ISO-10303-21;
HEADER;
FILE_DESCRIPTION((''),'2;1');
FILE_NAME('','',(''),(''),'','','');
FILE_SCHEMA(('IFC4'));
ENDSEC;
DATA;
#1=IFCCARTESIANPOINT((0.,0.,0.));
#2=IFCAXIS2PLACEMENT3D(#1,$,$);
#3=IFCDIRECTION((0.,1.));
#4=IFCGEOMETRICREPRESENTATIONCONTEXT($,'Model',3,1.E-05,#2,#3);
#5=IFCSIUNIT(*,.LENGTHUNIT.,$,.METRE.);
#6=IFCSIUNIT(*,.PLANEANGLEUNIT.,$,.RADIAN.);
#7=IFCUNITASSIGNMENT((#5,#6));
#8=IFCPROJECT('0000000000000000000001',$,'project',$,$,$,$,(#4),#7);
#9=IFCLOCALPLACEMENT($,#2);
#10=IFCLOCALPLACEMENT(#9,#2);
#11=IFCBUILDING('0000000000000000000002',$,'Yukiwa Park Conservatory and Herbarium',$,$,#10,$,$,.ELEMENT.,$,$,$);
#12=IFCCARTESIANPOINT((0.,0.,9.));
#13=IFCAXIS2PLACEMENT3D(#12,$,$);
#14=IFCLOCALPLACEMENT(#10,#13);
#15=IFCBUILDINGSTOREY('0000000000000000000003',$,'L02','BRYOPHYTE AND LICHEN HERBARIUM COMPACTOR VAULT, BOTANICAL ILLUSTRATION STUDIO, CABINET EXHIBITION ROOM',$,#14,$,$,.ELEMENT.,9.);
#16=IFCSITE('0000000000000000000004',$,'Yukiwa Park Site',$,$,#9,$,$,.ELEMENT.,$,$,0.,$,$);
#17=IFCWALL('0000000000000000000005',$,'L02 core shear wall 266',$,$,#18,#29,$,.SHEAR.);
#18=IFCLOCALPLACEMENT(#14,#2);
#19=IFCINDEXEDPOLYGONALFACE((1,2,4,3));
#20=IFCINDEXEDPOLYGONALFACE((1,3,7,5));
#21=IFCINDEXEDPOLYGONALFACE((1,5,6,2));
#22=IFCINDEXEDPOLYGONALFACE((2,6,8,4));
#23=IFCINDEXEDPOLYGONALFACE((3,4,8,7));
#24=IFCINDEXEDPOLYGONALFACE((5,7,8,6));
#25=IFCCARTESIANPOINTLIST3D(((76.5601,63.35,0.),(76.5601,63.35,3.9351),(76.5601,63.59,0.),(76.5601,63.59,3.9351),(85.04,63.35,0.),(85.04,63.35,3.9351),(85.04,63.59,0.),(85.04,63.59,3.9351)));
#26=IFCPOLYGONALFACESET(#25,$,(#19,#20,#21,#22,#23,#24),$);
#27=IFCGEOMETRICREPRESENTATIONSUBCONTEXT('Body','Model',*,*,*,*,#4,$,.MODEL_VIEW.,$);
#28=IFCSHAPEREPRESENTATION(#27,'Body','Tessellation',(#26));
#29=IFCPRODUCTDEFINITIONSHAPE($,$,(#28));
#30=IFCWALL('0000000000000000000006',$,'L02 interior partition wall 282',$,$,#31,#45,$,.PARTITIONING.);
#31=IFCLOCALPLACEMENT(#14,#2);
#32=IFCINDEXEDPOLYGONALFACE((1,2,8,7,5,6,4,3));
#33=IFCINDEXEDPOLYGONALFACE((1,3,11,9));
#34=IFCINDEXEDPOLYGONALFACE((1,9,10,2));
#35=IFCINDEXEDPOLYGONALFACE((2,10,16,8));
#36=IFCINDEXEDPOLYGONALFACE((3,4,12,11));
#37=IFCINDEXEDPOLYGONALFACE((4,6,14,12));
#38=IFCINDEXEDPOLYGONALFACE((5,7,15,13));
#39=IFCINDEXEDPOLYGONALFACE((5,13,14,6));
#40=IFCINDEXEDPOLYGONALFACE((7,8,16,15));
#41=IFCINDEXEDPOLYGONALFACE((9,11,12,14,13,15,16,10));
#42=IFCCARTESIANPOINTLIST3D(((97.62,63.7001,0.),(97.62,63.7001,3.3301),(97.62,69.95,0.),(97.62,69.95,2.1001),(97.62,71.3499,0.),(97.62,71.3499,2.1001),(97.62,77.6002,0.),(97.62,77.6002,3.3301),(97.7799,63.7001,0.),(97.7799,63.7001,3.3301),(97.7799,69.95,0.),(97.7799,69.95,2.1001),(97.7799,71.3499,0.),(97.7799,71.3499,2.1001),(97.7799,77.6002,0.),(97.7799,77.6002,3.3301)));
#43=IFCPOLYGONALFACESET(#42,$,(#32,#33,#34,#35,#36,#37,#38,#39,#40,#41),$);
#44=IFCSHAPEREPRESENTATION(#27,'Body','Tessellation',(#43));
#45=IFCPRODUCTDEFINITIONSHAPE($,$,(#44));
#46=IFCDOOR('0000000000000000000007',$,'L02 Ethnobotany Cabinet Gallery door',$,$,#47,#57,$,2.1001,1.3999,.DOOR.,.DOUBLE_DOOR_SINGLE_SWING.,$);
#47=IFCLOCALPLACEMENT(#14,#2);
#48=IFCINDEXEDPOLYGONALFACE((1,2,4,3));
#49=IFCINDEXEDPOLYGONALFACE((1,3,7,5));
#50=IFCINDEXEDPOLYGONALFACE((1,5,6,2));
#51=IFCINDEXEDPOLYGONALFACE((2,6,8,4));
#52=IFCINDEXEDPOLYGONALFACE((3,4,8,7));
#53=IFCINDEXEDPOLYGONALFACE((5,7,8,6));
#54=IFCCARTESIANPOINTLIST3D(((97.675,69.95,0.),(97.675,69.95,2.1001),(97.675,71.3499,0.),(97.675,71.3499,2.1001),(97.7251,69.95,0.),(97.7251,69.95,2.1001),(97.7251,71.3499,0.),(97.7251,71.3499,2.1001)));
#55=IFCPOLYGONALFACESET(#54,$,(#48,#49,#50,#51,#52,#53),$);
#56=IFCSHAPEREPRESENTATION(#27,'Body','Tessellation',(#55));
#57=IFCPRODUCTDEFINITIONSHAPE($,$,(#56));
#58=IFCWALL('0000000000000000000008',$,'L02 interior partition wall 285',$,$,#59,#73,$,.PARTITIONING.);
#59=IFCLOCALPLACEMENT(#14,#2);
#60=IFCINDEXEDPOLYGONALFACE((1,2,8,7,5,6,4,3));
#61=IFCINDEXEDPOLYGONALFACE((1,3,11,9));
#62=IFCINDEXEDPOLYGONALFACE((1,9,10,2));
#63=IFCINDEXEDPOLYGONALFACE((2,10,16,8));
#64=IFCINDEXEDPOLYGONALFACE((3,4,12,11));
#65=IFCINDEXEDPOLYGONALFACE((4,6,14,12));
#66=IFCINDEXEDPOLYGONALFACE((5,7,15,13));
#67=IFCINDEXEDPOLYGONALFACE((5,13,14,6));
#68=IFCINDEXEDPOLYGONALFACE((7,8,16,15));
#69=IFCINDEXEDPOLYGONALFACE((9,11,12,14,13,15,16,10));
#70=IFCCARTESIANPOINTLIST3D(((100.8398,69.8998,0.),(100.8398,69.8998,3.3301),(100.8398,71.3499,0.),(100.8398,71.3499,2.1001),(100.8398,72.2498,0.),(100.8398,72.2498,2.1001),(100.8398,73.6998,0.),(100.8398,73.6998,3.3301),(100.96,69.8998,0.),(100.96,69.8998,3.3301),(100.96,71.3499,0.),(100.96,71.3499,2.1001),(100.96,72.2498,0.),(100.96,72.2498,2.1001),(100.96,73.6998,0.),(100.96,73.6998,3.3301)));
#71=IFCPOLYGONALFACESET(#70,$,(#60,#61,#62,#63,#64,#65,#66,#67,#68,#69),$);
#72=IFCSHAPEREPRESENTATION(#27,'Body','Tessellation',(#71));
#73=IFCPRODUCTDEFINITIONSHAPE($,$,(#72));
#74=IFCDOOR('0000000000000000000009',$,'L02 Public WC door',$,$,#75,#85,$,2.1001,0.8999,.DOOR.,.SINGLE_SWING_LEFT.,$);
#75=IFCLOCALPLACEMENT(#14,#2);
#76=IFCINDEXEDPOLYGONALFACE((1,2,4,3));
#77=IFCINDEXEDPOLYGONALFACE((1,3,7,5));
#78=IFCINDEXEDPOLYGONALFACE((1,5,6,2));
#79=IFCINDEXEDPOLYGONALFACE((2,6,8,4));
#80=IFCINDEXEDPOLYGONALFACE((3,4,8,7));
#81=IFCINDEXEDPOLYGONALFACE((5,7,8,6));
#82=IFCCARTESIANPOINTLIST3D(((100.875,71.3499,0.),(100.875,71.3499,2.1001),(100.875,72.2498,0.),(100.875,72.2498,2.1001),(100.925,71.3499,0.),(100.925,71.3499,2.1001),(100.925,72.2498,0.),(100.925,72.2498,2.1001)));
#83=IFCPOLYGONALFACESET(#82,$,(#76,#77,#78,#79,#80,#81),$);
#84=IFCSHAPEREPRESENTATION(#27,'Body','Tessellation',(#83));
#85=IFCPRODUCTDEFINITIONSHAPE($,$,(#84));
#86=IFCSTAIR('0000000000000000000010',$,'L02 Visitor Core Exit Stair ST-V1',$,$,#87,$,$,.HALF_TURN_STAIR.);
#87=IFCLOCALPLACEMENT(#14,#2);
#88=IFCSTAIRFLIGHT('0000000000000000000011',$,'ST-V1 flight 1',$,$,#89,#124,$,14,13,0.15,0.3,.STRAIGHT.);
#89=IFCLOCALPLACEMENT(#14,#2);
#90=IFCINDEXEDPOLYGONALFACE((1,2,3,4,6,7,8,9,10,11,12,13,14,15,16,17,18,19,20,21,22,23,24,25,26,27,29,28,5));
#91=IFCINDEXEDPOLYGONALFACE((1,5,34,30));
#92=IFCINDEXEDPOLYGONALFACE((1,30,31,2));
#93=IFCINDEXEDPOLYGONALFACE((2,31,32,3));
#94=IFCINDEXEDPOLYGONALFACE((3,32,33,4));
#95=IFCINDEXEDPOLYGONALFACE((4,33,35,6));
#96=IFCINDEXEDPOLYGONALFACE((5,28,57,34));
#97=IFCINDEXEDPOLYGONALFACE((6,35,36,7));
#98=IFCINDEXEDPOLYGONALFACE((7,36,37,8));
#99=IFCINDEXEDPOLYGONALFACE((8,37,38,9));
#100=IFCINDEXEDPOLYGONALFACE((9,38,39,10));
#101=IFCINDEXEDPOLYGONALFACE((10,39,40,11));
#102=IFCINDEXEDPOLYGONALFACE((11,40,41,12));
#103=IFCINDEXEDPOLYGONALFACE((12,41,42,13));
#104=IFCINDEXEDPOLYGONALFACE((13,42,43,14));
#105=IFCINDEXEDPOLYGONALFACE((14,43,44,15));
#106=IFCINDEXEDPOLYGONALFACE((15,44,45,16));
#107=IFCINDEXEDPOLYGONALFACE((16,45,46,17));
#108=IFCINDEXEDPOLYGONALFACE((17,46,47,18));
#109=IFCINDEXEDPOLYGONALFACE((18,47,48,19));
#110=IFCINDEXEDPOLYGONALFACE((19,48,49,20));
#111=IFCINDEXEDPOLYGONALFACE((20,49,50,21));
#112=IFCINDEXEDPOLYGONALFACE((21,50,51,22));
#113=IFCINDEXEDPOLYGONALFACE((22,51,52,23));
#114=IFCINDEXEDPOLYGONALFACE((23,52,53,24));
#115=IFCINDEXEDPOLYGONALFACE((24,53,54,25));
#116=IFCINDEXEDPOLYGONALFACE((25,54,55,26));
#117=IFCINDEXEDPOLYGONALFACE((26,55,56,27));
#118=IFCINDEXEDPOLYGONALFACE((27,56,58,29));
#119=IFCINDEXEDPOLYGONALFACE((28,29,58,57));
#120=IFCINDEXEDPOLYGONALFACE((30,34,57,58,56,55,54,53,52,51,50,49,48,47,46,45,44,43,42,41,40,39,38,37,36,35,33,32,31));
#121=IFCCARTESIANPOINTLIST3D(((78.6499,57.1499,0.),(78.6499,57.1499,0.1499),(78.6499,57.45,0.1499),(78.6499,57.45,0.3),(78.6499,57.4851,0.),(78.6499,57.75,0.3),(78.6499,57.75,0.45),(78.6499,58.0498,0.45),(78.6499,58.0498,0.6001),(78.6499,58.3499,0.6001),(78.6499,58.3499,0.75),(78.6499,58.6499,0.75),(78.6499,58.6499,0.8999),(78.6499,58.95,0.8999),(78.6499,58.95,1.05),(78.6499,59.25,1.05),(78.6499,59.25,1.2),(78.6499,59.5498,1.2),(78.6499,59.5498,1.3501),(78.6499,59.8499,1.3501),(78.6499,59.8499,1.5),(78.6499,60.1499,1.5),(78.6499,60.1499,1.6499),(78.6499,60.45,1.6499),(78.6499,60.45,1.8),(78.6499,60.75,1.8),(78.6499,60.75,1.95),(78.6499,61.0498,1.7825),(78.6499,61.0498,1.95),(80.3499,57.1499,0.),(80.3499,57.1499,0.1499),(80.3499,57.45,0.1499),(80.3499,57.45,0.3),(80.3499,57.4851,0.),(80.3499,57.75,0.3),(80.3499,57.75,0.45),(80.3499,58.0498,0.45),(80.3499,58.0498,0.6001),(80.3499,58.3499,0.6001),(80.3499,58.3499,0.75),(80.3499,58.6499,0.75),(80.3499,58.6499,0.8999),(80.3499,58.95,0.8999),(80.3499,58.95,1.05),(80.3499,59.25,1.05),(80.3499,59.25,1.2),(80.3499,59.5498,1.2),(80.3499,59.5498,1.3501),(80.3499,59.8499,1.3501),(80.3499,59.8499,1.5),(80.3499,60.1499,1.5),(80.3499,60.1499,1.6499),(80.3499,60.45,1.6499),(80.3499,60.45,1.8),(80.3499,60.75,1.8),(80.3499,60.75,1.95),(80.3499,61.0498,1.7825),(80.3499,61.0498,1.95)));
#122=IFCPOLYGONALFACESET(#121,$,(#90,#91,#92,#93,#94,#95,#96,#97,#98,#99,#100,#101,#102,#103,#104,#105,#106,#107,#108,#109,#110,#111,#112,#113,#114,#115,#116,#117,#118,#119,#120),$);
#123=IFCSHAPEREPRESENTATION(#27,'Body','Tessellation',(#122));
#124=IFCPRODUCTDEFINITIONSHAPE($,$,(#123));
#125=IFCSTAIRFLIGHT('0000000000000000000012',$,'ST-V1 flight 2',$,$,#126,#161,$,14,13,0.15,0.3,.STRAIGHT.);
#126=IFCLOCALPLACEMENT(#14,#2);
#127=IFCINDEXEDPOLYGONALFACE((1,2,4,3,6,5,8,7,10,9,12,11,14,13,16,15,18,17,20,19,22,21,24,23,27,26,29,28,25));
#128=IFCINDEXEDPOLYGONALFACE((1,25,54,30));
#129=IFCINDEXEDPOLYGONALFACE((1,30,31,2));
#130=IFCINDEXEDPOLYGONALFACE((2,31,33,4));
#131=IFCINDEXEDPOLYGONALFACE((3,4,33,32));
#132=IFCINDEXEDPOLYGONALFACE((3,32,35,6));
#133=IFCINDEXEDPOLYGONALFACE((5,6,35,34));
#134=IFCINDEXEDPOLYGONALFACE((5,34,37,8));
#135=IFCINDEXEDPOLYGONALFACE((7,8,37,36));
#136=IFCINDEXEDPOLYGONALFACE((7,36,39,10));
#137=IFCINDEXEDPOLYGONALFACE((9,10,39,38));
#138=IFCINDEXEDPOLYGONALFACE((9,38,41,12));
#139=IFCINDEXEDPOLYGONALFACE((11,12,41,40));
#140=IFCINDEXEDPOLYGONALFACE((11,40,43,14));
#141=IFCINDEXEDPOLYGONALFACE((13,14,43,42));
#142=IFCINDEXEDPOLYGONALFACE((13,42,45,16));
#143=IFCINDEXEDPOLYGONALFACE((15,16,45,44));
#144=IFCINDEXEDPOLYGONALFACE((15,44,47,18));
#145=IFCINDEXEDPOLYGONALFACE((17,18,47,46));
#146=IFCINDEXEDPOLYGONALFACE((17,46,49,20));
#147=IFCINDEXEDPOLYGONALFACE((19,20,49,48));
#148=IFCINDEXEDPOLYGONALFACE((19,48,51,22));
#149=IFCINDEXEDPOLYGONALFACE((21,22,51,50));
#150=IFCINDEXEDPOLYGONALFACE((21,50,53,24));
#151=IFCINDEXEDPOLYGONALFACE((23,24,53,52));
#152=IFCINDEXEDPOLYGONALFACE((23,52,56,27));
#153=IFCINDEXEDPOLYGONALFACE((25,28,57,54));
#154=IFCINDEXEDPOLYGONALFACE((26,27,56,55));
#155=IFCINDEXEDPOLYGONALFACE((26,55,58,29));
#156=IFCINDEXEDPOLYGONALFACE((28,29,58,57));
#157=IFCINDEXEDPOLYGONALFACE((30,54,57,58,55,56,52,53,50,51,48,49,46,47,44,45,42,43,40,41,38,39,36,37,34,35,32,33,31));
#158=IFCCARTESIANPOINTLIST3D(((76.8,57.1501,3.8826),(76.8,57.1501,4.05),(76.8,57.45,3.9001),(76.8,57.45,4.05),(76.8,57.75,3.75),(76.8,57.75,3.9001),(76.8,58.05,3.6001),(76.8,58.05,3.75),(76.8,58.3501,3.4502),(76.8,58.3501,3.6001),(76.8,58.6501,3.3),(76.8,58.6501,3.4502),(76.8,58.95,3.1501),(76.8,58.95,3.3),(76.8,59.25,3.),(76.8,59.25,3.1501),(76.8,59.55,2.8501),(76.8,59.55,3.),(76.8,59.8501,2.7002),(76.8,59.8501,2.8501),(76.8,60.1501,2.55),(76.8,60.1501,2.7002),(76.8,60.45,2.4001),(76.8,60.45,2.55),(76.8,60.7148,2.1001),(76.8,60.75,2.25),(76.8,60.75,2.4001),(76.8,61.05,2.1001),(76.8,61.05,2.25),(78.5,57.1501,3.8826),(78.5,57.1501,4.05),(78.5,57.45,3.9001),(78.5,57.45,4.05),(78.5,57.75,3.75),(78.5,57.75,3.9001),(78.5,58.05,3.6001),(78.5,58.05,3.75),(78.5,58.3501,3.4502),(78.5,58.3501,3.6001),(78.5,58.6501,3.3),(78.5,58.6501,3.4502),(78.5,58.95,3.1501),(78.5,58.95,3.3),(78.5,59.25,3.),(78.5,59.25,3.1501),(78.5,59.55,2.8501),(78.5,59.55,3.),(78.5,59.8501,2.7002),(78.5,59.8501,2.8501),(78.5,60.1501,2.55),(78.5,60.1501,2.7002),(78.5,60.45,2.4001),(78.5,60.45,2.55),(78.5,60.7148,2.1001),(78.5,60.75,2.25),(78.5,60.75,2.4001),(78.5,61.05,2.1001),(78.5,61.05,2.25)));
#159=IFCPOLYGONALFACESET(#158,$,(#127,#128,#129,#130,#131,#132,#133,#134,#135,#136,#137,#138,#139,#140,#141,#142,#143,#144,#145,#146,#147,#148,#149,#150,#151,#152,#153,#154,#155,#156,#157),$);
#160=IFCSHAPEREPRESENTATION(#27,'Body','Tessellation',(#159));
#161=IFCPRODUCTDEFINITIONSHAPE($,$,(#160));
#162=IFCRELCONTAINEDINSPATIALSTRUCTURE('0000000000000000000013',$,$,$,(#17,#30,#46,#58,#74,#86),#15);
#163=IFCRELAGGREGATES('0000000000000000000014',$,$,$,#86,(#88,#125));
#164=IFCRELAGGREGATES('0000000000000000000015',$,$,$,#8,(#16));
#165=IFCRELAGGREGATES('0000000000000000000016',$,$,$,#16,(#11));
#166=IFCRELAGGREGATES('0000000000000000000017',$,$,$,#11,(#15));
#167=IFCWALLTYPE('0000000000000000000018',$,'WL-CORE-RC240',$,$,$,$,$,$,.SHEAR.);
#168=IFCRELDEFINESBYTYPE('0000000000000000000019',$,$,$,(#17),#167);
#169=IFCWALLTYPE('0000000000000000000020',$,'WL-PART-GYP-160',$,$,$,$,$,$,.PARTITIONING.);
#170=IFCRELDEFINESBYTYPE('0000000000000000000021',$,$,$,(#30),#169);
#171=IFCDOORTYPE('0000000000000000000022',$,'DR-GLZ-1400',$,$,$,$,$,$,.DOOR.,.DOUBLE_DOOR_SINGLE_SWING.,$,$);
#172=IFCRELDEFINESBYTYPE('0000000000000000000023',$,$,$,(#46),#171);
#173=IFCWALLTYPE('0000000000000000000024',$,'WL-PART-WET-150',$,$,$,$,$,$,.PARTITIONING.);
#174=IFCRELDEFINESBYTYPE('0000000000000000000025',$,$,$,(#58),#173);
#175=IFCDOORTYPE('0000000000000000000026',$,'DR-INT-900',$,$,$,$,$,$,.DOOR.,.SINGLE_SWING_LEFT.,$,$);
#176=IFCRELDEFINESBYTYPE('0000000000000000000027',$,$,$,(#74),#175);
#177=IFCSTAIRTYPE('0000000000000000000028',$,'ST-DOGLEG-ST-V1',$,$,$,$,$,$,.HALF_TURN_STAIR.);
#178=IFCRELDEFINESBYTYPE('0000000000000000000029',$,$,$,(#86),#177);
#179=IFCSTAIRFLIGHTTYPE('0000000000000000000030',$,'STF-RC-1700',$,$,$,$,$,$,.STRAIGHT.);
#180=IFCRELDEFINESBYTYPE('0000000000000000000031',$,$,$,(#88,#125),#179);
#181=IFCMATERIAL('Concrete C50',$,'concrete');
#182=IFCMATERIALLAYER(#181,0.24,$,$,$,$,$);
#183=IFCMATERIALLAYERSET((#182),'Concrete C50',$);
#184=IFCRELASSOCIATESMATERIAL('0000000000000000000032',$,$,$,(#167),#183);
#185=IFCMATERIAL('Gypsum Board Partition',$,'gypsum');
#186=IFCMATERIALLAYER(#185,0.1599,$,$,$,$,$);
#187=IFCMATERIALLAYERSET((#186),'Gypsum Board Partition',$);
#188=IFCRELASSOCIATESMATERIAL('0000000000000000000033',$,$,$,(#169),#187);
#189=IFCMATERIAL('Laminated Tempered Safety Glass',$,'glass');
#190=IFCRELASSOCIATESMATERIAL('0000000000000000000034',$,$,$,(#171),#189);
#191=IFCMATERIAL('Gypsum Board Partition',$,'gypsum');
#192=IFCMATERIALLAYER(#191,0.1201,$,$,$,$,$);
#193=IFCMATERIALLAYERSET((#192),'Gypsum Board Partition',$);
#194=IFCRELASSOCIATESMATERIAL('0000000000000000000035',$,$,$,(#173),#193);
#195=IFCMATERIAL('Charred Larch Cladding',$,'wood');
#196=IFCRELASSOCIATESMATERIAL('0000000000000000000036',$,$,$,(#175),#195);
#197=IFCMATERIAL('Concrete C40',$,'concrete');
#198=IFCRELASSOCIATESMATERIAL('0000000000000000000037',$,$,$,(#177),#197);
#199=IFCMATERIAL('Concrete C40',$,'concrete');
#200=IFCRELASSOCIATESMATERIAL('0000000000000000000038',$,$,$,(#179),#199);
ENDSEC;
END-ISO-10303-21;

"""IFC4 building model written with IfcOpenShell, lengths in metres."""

from ifc_helpers import new_model, si_unit, direction, frame, frame_2d, origin, place, context, subcontext, project, spatial, polyline, rectangle, outline, extrude, material, layer, layer_set, type_object, element, fill, aggregate, save


model = new_model("IFC4")

# Units and contexts
model_context = context("Model", 3, precision=1e-05, world=origin(), true_north=direction((0.0, 1.0)))
body_context = subcontext(model_context, "Body", "Model", "MODEL_VIEW")
ifc_project = project(units=[si_unit("LENGTHUNIT", "METRE"), si_unit("PLANEANGLEUNIT", "RADIAN")], contexts=[model_context])

# Site, building, storey
site_placement = place(None, origin())
site = spatial("IfcSite", under=ifc_project, at=site_placement, Name="Yukiwa Park Site", CompositionType="ELEMENT", RefElevation=0.0)
building_placement = place(site_placement, origin())
building = spatial("IfcBuilding", under=site, at=building_placement, Name="Yukiwa Park Conservatory and Herbarium", CompositionType="ELEMENT")
storey_placement = place(building_placement, frame((0.0, 0.0, 9.0)))
storey = spatial("IfcBuildingStorey", under=building, at=storey_placement, Name="L02", Description="BRYOPHYTE AND LICHEN HERBARIUM COMPACTOR VAULT, BOTANICAL ILLUSTRATION STUDIO, CABINET EXHIBITION ROOM", CompositionType="ELEMENT", Elevation=9.0)

# Wall
ifc_material_1 = material(Name="Concrete C50", Category="concrete")
ifc_layer_1 = layer(ifc_material_1, 0.24)
ifc_layer_set_1 = layer_set([ifc_layer_1], Name="Concrete C50")
wall_type_1 = type_object("IfcWallType", Name="WL-CORE-RC240", PredefinedType="SHEAR", material=ifc_layer_set_1)
wall_1_placement = place(storey_placement, frame((76.5601, 63.47, 0.0), z_axis=(0.0, 0.0, 1.0), x_axis=(1.0, 0.0, 0.0)))
element("IfcWall", 1, at=wall_1_placement, inside=storey, type_object=wall_type_1, Name="L02 core shear wall 266", PredefinedType="SHEAR", context=body_context, shape_type="SweptSolid", body=[
    extrude(rectangle(XDim=8.48, YDim=0.24, at=frame_2d((4.24, 0.0))), origin(), (0.0, 0.0, 1.0), 3.9351),
])

# Walls, openings, doors
ifc_material_2 = material(Name="Gypsum Board Partition", Category="gypsum")
ifc_layer_2 = layer(ifc_material_2, 0.1599)
ifc_layer_set_2 = layer_set([ifc_layer_2], Name="Gypsum Board Partition")
wall_type_2 = type_object("IfcWallType", Name="WL-PART-GYP-160", PredefinedType="PARTITIONING", material=ifc_layer_set_2)
wall_2_placement = place(storey_placement, frame((97.7, 63.7, 0.0), z_axis=(0.0, 0.0, 1.0), x_axis=(0.0, 1.0, 0.0)))
wall_2 = element("IfcWall", 2, at=wall_2_placement, inside=storey, type_object=wall_type_2, Name="L02 interior partition wall 282", PredefinedType="PARTITIONING", context=body_context, shape_type="SweptSolid", body=[
    extrude(rectangle(XDim=13.9001, YDim=0.1599, at=frame_2d((6.9502, 0.0))), origin(), (0.0, 0.0, 1.0), 3.3301),
])
opening_1_placement = place(wall_2_placement, frame((6.25, 0.0, 0.0)))
opening_1 = element("IfcOpeningElement", 3, at=opening_1_placement, cuts=wall_2, PredefinedType="OPENING", context=body_context, shape_type="SweptSolid", body=[
    extrude(rectangle(XDim=1.3999, YDim=2.1001, at=frame_2d((0.7, 1.05))), frame((0.0, 0.0898, 0.0), z_axis=(0.0, -1.0, 0.0), x_axis=(1.0, 0.0, 0.0)), (0.0, 0.0, 1.0), 0.1799),
])
ifc_material_3 = material(Name="Laminated Tempered Safety Glass", Category="glass")
door_type_1 = type_object("IfcDoorType", Name="DR-GLZ-1400", OperationType="DOUBLE_DOOR_SINGLE_SWING", PredefinedType="DOOR", material=ifc_material_3)
door_1_placement = place(opening_1_placement, origin())
door_1 = element("IfcDoor", 4, at=door_1_placement, inside=storey, type_object=door_type_1, Name="L02 Ethnobotany Cabinet Gallery door", OperationType="DOUBLE_DOOR_SINGLE_SWING", OverallHeight=2.1001, OverallWidth=1.3999, PredefinedType="DOOR", context=body_context, shape_type="SweptSolid", body=[
    extrude(rectangle(XDim=1.3999, YDim=2.1001, at=frame_2d((0.7, 1.05))), frame((0.0, 0.0249, 0.0), z_axis=(0.0, -1.0, 0.0), x_axis=(1.0, 0.0, 0.0)), (0.0, 0.0, 1.0), 0.05),
])
fill(opening_1, door_1)
ifc_material_4 = material(Name="Gypsum Board Partition", Category="gypsum")
ifc_layer_3 = layer(ifc_material_4, 0.1201)
ifc_layer_set_3 = layer_set([ifc_layer_3], Name="Gypsum Board Partition")
wall_type_3 = type_object("IfcWallType", Name="WL-PART-WET-150", PredefinedType="PARTITIONING", material=ifc_layer_set_3)
wall_3_placement = place(storey_placement, frame((100.8999, 69.8999, 0.0), z_axis=(0.0, 0.0, 1.0), x_axis=(0.0, 1.0, 0.0)))
wall_3 = element("IfcWall", 5, at=wall_3_placement, inside=storey, type_object=wall_type_3, Name="L02 interior partition wall 285", PredefinedType="PARTITIONING", context=body_context, shape_type="SweptSolid", body=[
    extrude(rectangle(XDim=3.8, YDim=0.1201, at=frame_2d((1.8999, 0.0))), origin(), (0.0, 0.0, 1.0), 3.3301),
])
opening_2_placement = place(wall_3_placement, frame((1.45, 0.0, 0.0)))
opening_2 = element("IfcOpeningElement", 6, at=opening_2_placement, cuts=wall_3, PredefinedType="OPENING", context=body_context, shape_type="SweptSolid", body=[
    extrude(rectangle(XDim=0.8999, YDim=2.1001, at=frame_2d((0.45, 1.05))), frame((0.0, 0.0701, 0.0), z_axis=(0.0, -1.0, 0.0), x_axis=(1.0, 0.0, 0.0)), (0.0, 0.0, 1.0), 0.1401),
])
ifc_material_5 = material(Name="Charred Larch Cladding", Category="wood")
door_type_2 = type_object("IfcDoorType", Name="DR-INT-900", OperationType="SINGLE_SWING_LEFT", PredefinedType="DOOR", material=ifc_material_5)
door_2_placement = place(opening_2_placement, origin())
door_2 = element("IfcDoor", 7, at=door_2_placement, inside=storey, type_object=door_type_2, Name="L02 Public WC door", OperationType="SINGLE_SWING_LEFT", OverallHeight=2.1001, OverallWidth=0.8999, PredefinedType="DOOR", context=body_context, shape_type="SweptSolid", body=[
    extrude(rectangle(XDim=0.8999, YDim=2.1001, at=frame_2d((0.45, 1.05))), frame((0.0, 0.0249, 0.0), z_axis=(0.0, -1.0, 0.0), x_axis=(1.0, 0.0, 0.0)), (0.0, 0.0, 1.0), 0.05),
])
fill(opening_2, door_2)

# Stair, stair flights
ifc_material_6 = material(Name="Concrete C40", Category="concrete")
stair_type = type_object("IfcStairType", Name="ST-DOGLEG-ST-V1", PredefinedType="HALF_TURN_STAIR", material=ifc_material_6)
stair_placement = place(storey_placement, origin())
stair = element("IfcStair", 8, at=stair_placement, inside=storey, type_object=stair_type, Name="L02 Visitor Core Exit Stair ST-V1", PredefinedType="HALF_TURN_STAIR")
ifc_material_7 = material(Name="Concrete C40", Category="concrete")
stair_flight_type = type_object("IfcStairFlightType", Name="STF-RC-1700", PredefinedType="STRAIGHT", material=ifc_material_7)
stair_flight_1_placement = place(storey_placement, frame((79.5, 57.1499, 0.0), z_axis=(0.0, 0.0, 1.0), x_axis=(0.0, 1.0, 0.0)))
stair_flight_1 = element("IfcStairFlight", 9, at=stair_flight_1_placement, type_object=stair_flight_type, Name="ST-V1 flight 1", NumberOfRisers=14, NumberOfTreads=13, PredefinedType="STRAIGHT", RiserHeight=0.15, TreadLength=0.3, context=body_context, shape_type="SweptSolid", body=[
    extrude(outline(polyline([(0.0, 0.0), (0.0, 0.1499), (0.3, 0.1499), (0.3, 0.3), (0.6001, 0.3), (0.6001, 0.45), (0.8999, 0.45), (0.8999, 0.6001), (1.2, 0.6001), (1.2, 0.75), (1.5, 0.75), (1.5, 0.8999), (1.8, 0.8999), (1.8, 1.05), (2.1001, 1.05), (2.1001, 1.2), (2.3999, 1.2), (2.3999, 1.3501), (2.7, 1.3501), (2.7, 1.5), (3.0, 1.5), (3.0, 1.6499), (3.3, 1.6499), (3.3, 1.8), (3.6001, 1.8), (3.6001, 1.95), (3.8999, 1.95), (3.8999, 2.1001), (3.8999, 1.7825), (0.3352, 0.0), (0.0, 0.0)])), frame((0.0, 0.8501, 0.0), z_axis=(0.0, -1.0, 0.0), x_axis=(1.0, 0.0, 0.0)), (0.0, 0.0, 1.0), 1.7),
])
stair_flight_2_placement = place(storey_placement, frame((77.6499, 61.05, 2.1001), z_axis=(0.0, 0.0, 1.0), x_axis=(0.0, -1.0, 0.0)))
stair_flight_2 = element("IfcStairFlight", 10, at=stair_flight_2_placement, type_object=stair_flight_type, Name="ST-V1 flight 2", NumberOfRisers=14, NumberOfTreads=13, PredefinedType="STRAIGHT", RiserHeight=0.15, TreadLength=0.3, context=body_context, shape_type="SweptSolid", body=[
    extrude(outline(polyline([(0.0, 0.0), (0.0, 0.1499), (0.3, 0.1499), (0.3, 0.3), (0.6001, 0.3), (0.6001, 0.45), (0.8999, 0.45), (0.8999, 0.6001), (1.2, 0.6001), (1.2, 0.75), (1.5, 0.75), (1.5, 0.8999), (1.8, 0.8999), (1.8, 1.05), (2.1001, 1.05), (2.1001, 1.2), (2.3999, 1.2), (2.3999, 1.3501), (2.7, 1.3501), (2.7, 1.5), (3.0, 1.5), (3.0, 1.6499), (3.3, 1.6499), (3.3, 1.8), (3.6001, 1.8), (3.6001, 1.95), (3.8999, 1.95), (3.8999, 2.1001), (3.8999, 1.7825), (0.3352, 0.0), (0.0, 0.0)])), frame((0.0, 0.8501, 0.0), z_axis=(0.0, -1.0, 0.0), x_axis=(1.0, 0.0, 0.0)), (0.0, 0.0, 1.0), 1.7),
])
aggregate(stair, [stair_flight_1, stair_flight_2])

save(model, "model.ifc")
